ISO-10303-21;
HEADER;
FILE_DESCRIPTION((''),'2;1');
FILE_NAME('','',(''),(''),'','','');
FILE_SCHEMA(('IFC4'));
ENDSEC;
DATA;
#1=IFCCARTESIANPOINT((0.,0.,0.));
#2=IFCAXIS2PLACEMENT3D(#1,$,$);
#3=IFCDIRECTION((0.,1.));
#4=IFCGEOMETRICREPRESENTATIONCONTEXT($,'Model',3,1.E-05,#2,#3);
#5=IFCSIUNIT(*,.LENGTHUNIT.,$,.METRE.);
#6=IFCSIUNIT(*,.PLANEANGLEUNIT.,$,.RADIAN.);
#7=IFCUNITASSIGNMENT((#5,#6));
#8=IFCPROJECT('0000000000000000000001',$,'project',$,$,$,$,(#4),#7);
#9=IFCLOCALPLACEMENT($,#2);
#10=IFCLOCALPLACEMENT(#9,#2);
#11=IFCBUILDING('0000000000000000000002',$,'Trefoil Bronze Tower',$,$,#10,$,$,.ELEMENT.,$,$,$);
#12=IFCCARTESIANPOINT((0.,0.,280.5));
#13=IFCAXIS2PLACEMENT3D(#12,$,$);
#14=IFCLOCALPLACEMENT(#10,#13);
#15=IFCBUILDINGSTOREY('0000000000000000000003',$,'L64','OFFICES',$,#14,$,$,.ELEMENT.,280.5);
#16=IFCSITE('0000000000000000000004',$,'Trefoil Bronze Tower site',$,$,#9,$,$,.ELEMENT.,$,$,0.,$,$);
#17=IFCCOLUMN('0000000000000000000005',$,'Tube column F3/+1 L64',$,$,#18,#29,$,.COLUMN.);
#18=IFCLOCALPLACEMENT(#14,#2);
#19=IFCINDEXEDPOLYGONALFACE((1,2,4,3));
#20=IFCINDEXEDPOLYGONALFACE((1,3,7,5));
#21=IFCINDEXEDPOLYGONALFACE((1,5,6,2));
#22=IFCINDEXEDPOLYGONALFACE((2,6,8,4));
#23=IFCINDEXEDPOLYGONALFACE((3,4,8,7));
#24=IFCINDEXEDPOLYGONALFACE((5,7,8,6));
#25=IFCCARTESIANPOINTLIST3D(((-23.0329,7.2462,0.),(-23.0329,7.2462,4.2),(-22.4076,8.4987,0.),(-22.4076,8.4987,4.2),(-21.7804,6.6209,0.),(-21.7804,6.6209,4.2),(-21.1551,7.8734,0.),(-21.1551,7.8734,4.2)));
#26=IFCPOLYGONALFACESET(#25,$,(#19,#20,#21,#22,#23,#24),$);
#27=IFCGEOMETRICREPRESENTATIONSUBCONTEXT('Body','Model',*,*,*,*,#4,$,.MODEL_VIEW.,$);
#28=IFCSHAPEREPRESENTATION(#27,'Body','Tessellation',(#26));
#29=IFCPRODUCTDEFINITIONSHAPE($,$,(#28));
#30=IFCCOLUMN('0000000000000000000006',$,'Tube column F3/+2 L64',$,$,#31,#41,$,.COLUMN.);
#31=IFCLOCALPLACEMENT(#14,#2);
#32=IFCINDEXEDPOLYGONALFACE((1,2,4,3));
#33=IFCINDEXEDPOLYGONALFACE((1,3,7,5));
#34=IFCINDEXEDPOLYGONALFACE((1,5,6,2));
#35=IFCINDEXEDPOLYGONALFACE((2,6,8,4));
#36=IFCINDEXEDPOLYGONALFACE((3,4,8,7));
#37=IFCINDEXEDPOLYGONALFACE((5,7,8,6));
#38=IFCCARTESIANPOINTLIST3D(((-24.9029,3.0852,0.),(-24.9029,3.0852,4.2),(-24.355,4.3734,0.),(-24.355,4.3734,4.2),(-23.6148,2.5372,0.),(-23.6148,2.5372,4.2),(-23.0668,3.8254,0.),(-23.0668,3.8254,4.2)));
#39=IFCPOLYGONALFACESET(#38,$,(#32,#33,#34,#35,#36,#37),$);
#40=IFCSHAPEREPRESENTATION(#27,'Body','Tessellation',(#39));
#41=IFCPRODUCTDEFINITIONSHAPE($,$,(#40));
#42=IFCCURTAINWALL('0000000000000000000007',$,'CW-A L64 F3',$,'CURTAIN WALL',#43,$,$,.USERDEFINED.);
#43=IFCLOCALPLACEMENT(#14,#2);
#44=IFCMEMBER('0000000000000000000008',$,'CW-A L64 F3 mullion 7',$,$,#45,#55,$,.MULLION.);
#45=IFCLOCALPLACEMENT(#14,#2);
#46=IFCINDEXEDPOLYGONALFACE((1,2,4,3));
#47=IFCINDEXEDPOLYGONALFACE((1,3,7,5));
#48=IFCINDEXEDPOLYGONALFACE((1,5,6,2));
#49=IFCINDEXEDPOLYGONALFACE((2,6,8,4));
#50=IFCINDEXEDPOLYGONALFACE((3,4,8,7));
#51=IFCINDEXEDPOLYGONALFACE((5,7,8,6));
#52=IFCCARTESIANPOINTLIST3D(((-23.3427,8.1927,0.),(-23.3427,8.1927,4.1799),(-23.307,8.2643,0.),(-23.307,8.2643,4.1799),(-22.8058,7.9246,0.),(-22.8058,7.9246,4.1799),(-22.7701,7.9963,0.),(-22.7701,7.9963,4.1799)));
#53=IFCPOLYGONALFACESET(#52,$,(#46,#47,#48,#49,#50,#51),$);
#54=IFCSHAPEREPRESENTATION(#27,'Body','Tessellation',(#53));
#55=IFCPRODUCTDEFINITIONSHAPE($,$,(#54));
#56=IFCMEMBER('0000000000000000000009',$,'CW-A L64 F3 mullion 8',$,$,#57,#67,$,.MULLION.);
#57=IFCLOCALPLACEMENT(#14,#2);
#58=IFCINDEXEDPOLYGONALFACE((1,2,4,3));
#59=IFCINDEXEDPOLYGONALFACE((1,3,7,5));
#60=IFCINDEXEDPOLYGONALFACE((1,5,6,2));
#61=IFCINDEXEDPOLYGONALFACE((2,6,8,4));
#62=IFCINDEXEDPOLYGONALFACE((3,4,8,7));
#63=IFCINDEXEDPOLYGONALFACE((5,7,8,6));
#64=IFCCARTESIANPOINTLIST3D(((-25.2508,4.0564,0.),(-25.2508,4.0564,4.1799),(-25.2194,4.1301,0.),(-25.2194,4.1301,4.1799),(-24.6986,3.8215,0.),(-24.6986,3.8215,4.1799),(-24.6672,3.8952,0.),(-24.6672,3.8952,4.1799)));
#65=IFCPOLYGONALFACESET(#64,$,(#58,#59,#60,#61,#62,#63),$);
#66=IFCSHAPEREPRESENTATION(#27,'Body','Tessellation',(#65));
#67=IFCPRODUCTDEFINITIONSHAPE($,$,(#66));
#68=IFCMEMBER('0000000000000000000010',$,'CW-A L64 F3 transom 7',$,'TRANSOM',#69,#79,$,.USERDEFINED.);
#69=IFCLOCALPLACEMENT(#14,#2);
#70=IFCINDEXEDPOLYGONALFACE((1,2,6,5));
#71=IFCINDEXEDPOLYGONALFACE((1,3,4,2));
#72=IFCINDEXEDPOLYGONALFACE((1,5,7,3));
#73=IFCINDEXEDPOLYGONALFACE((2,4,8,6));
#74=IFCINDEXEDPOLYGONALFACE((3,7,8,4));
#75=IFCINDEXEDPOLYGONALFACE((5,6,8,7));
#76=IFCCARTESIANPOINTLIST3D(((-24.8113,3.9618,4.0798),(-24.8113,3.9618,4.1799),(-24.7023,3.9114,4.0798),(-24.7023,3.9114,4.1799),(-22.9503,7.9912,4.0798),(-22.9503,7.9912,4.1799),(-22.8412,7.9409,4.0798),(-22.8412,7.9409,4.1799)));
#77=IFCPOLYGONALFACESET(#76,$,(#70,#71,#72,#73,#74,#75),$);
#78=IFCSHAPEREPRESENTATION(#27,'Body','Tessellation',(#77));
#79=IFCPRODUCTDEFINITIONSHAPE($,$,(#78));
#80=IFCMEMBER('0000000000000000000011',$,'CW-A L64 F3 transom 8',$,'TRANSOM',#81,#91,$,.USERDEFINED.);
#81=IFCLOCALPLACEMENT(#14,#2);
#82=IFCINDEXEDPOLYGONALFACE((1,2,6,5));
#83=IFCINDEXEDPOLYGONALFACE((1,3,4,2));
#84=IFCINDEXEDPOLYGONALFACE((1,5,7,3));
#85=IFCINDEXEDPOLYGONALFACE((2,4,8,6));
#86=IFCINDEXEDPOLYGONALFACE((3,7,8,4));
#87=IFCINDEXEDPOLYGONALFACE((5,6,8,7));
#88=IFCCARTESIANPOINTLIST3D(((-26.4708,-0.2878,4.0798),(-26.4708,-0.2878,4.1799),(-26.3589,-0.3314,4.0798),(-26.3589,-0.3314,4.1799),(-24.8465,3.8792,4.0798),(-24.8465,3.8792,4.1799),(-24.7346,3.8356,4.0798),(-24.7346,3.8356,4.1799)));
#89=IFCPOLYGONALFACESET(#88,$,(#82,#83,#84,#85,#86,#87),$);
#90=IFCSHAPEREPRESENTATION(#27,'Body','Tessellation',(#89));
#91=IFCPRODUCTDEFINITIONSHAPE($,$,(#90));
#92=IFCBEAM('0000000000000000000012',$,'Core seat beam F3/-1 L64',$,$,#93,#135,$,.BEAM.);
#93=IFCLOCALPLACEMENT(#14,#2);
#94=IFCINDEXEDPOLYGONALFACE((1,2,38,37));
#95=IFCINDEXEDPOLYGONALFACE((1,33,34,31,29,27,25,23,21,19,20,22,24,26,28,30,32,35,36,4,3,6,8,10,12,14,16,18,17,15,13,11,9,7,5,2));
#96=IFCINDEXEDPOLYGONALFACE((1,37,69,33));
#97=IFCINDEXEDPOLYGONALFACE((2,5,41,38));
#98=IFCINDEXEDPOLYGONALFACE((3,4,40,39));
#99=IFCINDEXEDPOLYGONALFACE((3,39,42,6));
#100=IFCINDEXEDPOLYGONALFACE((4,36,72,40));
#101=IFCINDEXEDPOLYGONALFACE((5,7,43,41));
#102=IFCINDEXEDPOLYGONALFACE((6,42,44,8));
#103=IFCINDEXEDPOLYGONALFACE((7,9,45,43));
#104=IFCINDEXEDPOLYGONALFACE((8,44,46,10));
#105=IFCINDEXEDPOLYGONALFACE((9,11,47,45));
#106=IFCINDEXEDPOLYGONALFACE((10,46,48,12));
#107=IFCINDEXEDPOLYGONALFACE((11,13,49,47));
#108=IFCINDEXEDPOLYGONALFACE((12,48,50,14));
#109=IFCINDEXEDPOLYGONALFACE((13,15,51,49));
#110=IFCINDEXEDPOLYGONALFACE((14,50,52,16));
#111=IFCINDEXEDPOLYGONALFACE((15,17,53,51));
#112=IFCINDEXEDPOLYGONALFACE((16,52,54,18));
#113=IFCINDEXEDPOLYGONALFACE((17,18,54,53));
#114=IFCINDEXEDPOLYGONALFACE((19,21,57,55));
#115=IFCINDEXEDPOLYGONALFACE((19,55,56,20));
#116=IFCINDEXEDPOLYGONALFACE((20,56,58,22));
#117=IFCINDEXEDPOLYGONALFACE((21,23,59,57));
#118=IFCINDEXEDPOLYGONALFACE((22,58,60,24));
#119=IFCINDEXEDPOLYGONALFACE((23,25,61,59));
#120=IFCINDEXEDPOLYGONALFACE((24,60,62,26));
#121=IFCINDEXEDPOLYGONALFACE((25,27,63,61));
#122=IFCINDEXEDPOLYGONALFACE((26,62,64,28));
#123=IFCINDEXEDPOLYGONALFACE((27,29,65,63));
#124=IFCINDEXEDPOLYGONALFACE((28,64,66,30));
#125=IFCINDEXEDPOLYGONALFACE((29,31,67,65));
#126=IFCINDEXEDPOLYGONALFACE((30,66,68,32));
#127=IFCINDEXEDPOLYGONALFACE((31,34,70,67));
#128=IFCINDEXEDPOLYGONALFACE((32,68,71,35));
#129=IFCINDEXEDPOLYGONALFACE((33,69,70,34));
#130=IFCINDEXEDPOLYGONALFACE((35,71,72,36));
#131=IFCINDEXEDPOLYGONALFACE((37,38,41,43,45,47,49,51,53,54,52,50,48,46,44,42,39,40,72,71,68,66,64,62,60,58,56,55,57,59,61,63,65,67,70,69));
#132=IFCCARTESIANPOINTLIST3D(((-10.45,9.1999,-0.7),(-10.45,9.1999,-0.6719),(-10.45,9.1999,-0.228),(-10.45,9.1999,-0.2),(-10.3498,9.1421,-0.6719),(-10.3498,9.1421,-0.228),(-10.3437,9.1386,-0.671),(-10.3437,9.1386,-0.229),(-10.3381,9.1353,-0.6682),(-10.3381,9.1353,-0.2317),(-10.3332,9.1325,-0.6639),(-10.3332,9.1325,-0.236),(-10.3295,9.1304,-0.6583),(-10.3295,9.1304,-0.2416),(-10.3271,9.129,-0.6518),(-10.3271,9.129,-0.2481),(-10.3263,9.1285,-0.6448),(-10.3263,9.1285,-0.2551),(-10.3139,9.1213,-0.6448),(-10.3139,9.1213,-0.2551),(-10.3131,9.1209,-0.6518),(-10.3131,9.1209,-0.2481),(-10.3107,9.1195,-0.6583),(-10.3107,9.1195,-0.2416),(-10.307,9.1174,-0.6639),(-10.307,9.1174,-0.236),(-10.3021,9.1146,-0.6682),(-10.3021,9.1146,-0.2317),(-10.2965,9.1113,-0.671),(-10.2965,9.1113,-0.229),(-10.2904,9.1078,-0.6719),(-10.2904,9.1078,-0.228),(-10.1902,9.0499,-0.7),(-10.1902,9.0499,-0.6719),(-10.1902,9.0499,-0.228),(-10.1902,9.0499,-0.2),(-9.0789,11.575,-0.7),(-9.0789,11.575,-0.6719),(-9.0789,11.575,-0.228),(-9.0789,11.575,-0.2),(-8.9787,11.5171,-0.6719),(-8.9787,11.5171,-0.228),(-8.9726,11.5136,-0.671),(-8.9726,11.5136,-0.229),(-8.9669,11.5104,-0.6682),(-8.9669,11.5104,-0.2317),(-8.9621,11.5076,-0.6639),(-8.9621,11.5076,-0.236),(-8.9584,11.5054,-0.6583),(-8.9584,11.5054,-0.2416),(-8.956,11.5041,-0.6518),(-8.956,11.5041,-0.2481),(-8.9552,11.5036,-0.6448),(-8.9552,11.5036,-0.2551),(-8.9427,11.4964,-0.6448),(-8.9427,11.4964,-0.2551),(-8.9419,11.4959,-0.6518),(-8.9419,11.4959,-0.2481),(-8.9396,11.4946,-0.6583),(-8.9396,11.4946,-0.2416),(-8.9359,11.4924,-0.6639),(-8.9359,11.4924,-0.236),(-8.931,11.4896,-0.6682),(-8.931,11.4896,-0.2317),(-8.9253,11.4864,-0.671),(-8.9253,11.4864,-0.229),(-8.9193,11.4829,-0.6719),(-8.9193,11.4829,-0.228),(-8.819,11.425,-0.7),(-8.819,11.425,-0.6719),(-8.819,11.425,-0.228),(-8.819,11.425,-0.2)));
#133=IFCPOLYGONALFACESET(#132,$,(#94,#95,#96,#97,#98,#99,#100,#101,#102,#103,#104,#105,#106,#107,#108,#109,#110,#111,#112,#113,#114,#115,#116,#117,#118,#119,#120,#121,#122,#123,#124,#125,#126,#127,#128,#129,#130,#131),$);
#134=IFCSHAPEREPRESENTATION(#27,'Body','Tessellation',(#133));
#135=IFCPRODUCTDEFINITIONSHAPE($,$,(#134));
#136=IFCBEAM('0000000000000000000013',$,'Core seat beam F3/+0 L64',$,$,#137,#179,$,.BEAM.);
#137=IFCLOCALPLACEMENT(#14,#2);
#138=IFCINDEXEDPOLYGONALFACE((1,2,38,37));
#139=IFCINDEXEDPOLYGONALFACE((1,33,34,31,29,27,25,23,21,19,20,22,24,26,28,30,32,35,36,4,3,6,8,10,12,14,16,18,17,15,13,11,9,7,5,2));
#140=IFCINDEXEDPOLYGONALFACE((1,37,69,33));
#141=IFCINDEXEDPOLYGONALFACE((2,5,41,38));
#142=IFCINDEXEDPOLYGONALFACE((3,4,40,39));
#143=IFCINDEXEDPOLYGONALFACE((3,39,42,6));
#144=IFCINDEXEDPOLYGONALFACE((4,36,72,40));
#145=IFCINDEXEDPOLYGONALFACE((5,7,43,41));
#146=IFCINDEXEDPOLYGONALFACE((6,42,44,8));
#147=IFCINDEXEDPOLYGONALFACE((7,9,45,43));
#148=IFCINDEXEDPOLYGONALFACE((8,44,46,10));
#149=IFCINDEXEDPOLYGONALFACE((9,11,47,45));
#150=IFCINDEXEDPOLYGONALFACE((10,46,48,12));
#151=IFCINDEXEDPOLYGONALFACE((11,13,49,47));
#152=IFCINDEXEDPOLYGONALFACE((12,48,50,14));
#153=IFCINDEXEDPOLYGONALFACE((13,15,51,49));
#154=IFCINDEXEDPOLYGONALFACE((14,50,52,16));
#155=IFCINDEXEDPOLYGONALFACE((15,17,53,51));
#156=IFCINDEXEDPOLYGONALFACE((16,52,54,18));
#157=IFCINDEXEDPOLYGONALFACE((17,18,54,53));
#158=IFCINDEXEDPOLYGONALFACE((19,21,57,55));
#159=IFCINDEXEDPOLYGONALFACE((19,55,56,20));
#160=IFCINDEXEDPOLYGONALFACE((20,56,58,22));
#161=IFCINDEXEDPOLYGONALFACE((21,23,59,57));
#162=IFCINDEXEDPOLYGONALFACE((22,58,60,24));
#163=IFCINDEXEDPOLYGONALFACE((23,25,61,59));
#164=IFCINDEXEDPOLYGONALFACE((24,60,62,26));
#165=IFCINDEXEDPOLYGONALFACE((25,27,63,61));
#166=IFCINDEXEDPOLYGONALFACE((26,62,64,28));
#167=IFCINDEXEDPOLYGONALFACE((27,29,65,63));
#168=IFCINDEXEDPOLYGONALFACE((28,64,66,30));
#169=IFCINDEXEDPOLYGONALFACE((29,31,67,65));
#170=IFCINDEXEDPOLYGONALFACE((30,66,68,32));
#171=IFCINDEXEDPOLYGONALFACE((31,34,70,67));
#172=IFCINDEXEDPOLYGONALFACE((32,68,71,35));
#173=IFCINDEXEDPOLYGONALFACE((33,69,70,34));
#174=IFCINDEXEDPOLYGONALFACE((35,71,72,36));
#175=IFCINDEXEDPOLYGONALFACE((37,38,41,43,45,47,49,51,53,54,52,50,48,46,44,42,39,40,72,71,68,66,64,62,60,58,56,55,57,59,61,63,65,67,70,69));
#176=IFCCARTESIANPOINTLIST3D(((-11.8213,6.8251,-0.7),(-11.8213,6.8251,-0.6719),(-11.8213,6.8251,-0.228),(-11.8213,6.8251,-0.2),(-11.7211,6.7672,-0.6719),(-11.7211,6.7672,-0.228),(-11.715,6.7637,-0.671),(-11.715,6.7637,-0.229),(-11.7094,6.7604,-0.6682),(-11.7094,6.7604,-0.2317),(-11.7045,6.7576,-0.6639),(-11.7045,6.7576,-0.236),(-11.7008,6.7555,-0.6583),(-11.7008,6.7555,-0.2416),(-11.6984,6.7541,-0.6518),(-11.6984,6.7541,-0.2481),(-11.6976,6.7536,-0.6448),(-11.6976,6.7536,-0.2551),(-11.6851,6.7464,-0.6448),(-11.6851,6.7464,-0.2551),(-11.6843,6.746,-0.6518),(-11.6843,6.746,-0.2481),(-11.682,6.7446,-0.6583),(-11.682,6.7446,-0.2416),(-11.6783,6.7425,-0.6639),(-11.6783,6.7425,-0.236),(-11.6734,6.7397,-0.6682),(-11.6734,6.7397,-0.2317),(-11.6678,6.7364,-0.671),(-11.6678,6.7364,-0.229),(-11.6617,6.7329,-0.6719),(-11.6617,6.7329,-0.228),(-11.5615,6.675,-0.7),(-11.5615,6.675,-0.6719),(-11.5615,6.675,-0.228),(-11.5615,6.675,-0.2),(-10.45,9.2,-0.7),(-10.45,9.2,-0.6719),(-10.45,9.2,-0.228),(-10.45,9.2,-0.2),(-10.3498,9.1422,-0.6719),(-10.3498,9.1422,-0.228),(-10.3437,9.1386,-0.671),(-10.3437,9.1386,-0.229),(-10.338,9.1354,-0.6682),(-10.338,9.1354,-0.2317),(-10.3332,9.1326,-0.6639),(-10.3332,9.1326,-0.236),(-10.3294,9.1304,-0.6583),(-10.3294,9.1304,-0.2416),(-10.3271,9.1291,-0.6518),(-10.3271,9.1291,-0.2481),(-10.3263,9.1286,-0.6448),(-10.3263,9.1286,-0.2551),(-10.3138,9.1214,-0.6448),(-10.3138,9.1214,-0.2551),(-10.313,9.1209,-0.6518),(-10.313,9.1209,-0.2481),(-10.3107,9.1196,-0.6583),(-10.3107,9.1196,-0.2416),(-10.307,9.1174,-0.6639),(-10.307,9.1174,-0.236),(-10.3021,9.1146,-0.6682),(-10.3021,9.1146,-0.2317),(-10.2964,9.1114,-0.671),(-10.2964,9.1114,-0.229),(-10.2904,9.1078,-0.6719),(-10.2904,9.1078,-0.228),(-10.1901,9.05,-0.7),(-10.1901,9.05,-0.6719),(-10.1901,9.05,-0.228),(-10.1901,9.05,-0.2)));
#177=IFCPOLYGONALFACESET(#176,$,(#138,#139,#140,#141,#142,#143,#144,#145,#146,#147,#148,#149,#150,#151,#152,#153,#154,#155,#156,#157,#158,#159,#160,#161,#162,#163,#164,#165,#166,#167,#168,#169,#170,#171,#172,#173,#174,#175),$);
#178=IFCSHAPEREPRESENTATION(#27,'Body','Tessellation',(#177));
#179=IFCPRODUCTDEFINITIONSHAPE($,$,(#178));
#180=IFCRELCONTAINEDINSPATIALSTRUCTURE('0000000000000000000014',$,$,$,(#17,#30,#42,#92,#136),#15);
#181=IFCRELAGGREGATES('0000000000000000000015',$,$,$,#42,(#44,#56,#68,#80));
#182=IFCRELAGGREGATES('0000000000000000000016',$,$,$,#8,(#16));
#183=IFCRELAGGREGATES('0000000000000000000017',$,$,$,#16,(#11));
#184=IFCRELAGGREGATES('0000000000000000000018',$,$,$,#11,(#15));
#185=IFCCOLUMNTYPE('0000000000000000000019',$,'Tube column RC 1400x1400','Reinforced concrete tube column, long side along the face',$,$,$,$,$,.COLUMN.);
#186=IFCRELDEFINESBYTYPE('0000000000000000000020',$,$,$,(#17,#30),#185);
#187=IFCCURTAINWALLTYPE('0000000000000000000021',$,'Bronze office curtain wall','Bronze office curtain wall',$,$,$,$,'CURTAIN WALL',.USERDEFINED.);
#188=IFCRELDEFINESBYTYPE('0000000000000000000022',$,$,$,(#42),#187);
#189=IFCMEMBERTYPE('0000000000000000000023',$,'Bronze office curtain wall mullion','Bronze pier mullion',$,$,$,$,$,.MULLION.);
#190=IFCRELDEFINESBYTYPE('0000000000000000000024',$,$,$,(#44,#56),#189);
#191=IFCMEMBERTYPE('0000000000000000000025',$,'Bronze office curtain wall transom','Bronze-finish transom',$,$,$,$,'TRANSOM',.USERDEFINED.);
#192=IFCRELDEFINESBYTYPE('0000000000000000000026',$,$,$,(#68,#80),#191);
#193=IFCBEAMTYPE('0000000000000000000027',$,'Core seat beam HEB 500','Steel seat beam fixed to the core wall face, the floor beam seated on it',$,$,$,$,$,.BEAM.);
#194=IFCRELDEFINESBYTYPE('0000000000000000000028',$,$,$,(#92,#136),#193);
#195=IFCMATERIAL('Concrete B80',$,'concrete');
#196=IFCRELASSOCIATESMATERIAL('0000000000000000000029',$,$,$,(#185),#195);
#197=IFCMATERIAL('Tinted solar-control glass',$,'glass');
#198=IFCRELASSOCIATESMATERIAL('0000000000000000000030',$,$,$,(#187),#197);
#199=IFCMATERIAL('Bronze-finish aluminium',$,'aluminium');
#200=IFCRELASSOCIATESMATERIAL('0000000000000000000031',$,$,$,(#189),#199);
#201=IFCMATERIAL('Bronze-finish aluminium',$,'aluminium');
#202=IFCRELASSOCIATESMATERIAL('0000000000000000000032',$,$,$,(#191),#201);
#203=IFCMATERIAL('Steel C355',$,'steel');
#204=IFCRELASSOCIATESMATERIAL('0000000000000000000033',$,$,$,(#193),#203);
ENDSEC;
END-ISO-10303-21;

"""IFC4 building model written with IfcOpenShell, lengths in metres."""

from ifc_helpers import new_model, si_unit, direction, frame, origin, origin_2d, place, context, subcontext, project, spatial, rectangle, i_section, extrude, material, material_profile, profile_set, type_object, element, aggregate, save


model = new_model("IFC4")

# Units and contexts
model_context = context("Model", 3, precision=1e-05, world=origin(), true_north=direction((0.0, 1.0)))
body_context = subcontext(model_context, "Body", "Model", "MODEL_VIEW")
ifc_project = project(units=[si_unit("LENGTHUNIT", "METRE"), si_unit("PLANEANGLEUNIT", "RADIAN")], contexts=[model_context])

# Site, building, storey
site_placement = place(None, origin())
site = spatial("IfcSite", under=ifc_project, at=site_placement, Name="Trefoil Bronze Tower site", CompositionType="ELEMENT", RefElevation=0.0)
building_placement = place(site_placement, origin())
building = spatial("IfcBuilding", under=site, at=building_placement, Name="Trefoil Bronze Tower", CompositionType="ELEMENT")
storey_placement = place(building_placement, frame((0.0, 0.0, 280.5)))
storey = spatial("IfcBuildingStorey", under=building, at=storey_placement, Name="L64", Description="OFFICES", CompositionType="ELEMENT", Elevation=280.5)

# Columns
ifc_material_1 = material(Name="Concrete B80", Category="concrete")
ifc_material_profile_1 = material_profile(ifc_material_1, rectangle(XDim=1.3999, YDim=1.3999, at=origin_2d()), Name="RC 1400x1400")
ifc_profile_set_1 = profile_set([ifc_material_profile_1], Name="Concrete B80")
column_type = type_object("IfcColumnType", Name="Tube column RC 1400x1400", Description="Reinforced concrete tube column, long side along the face", PredefinedType="COLUMN", material=ifc_profile_set_1)
for number, where, z_axis, x_axis, name in (
    (1, (-22.094, 7.5598, 0.0), (0.0, 0.0, 1.0), (-0.446641, -0.894713, 0.0), "Tube column F3/+1 L64"),
    (2, (-23.9849, 3.4553, 0.0), (0.0, 0.0, 1.0), (-0.391436, -0.920205, 0.0), "Tube column F3/+2 L64"),
):
    element("IfcColumn", number, at=place(storey_placement, frame(where, z_axis=z_axis, x_axis=x_axis)), inside=storey, type_object=column_type, Name=name, PredefinedType="COLUMN", context=body_context, shape_type="SweptSolid", body=[
        extrude(rectangle(XDim=1.3999, YDim=1.3999, at=origin_2d()), origin(), (0.0, 0.0, 1.0), 4.2),
    ])

# Curtain wall, members
ifc_material_2 = material(Name="Tinted solar-control glass", Category="glass")
curtain_wall_type = type_object("IfcCurtainWallType", Name="Bronze office curtain wall", Description="Bronze office curtain wall", ElementType="CURTAIN WALL", PredefinedType="USERDEFINED", material=ifc_material_2)
curtain_wall_placement = place(storey_placement, origin())
curtain_wall = element("IfcCurtainWall", 3, at=curtain_wall_placement, inside=storey, type_object=curtain_wall_type, Name="CW-A L64 F3", ObjectType="CURTAIN WALL", PredefinedType="USERDEFINED")
ifc_material_3 = material(Name="Bronze-finish aluminium", Category="aluminium")
ifc_material_profile_2 = material_profile(ifc_material_3, rectangle(XDim=0.6001, YDim=0.0801, at=origin_2d()), Name="CW-A mullion")
ifc_profile_set_2 = profile_set([ifc_material_profile_2], Name="Bronze-finish aluminium")
member_type_1 = type_object("IfcMemberType", Name="Bronze office curtain wall mullion", Description="Bronze pier mullion", PredefinedType="MULLION", material=ifc_profile_set_2)
member_1_placement = place(storey_placement, frame((-23.0564, 8.0945, 0.0), z_axis=(0.0, 0.0, 1.0), x_axis=(0.894713, -0.446641, 0.0)))
member_1 = element("IfcMember", 4, at=member_1_placement, type_object=member_type_1, Name="CW-A L64 F3 mullion 7", PredefinedType="MULLION", context=body_context, shape_type="SweptSolid", body=[
    extrude(rectangle(XDim=0.6001, YDim=0.0801, at=origin_2d()), origin(), (0.0, 0.0, 1.0), 4.1799),
])
member_2_placement = place(storey_placement, frame((-24.959, 3.9758, 0.0), z_axis=(0.0, 0.0, 1.0), x_axis=(0.920205, -0.391436, 0.0)))
member_2 = element("IfcMember", 5, at=member_2_placement, type_object=member_type_1, Name="CW-A L64 F3 mullion 8", PredefinedType="MULLION", context=body_context, shape_type="SweptSolid", body=[
    extrude(rectangle(XDim=0.6001, YDim=0.0801, at=origin_2d()), origin(), (0.0, 0.0, 1.0), 4.1799),
])
ifc_material_4 = material(Name="Bronze-finish aluminium", Category="aluminium")
ifc_material_profile_3 = material_profile(ifc_material_4, rectangle(XDim=0.1201, YDim=0.1001, at=origin_2d()), Name="CW-A transom")
ifc_profile_set_3 = profile_set([ifc_material_profile_3], Name="Bronze-finish aluminium")
member_type_2 = type_object("IfcMemberType", Name="Bronze office curtain wall transom", Description="Bronze-finish transom", ElementType="TRANSOM", PredefinedType="USERDEFINED", material=ifc_profile_set_3)
member_3_placement = place(storey_placement, frame((-22.8958, 7.9661, 4.1299), z_axis=(-0.419299, -0.907848, 0.0), x_axis=(0.907848, -0.419299, 0.0)))
member_3 = element("IfcMember", 6, at=member_3_placement, type_object=member_type_2, Name="CW-A L64 F3 transom 7", ObjectType="TRANSOM", PredefinedType="USERDEFINED", context=body_context, shape_type="SweptSolid", body=[
    extrude(rectangle(XDim=0.1201, YDim=0.1001, at=origin_2d()), origin(), (0.0, 0.0, 1.0), 4.4385),
])
member_4_placement = place(storey_placement, frame((-24.7905, 3.8574, 4.1299), z_axis=(-0.363178, -0.93172, 0.0), x_axis=(0.93172, -0.363178, 0.0)))
member_4 = element("IfcMember", 7, at=member_4_placement, type_object=member_type_2, Name="CW-A L64 F3 transom 8", ObjectType="TRANSOM", PredefinedType="USERDEFINED", context=body_context, shape_type="SweptSolid", body=[
    extrude(rectangle(XDim=0.1201, YDim=0.1001, at=origin_2d()), origin(), (0.0, 0.0, 1.0), 4.4724),
])

# Beams
ifc_material_5 = material(Name="Steel C355", Category="steel")
ifc_material_profile_4 = material_profile(ifc_material_5, i_section(OverallWidth=0.3, OverallDepth=0.5, WebThickness=0.0144, FlangeThickness=0.0281, FilletRadius=0.0271, at=origin_2d()), Name="HEB 500")
ifc_profile_set_4 = profile_set([ifc_material_profile_4], Name="Steel C355")
beam_type_1 = type_object("IfcBeamType", Name="Core seat beam HEB 500", Description="Steel seat beam fixed to the core wall face, the floor beam seated on it", PredefinedType="BEAM", material=ifc_profile_set_4)
for number, where, z_axis, x_axis, name in (
    (8, (-8.949, 11.5, -0.45), (-0.499969, -0.866043, 0.0), (0.866043, -0.499969, 0.0), "Core seat beam F3/-1 L64"),
    (9, (-10.3201, 9.125, -0.45), (-0.500036, -0.866005, 0.0), (0.866005, -0.500036, 0.0), "Core seat beam F3/+0 L64"),
):
    element("IfcBeam", number, at=place(storey_placement, frame(where, z_axis=z_axis, x_axis=x_axis)), inside=storey, type_object=beam_type_1, Name=name, PredefinedType="BEAM", context=body_context, shape_type="SweptSolid", body=[
        extrude(i_section(OverallWidth=0.3, OverallDepth=0.5, WebThickness=0.0144, FlangeThickness=0.0281, FilletRadius=0.0271, at=origin_2d()), origin(), (0.0, 0.0, 1.0), 2.7424),
    ])

aggregate(curtain_wall, [member_1, member_2, member_3, member_4])

save(model, "model.ifc")
